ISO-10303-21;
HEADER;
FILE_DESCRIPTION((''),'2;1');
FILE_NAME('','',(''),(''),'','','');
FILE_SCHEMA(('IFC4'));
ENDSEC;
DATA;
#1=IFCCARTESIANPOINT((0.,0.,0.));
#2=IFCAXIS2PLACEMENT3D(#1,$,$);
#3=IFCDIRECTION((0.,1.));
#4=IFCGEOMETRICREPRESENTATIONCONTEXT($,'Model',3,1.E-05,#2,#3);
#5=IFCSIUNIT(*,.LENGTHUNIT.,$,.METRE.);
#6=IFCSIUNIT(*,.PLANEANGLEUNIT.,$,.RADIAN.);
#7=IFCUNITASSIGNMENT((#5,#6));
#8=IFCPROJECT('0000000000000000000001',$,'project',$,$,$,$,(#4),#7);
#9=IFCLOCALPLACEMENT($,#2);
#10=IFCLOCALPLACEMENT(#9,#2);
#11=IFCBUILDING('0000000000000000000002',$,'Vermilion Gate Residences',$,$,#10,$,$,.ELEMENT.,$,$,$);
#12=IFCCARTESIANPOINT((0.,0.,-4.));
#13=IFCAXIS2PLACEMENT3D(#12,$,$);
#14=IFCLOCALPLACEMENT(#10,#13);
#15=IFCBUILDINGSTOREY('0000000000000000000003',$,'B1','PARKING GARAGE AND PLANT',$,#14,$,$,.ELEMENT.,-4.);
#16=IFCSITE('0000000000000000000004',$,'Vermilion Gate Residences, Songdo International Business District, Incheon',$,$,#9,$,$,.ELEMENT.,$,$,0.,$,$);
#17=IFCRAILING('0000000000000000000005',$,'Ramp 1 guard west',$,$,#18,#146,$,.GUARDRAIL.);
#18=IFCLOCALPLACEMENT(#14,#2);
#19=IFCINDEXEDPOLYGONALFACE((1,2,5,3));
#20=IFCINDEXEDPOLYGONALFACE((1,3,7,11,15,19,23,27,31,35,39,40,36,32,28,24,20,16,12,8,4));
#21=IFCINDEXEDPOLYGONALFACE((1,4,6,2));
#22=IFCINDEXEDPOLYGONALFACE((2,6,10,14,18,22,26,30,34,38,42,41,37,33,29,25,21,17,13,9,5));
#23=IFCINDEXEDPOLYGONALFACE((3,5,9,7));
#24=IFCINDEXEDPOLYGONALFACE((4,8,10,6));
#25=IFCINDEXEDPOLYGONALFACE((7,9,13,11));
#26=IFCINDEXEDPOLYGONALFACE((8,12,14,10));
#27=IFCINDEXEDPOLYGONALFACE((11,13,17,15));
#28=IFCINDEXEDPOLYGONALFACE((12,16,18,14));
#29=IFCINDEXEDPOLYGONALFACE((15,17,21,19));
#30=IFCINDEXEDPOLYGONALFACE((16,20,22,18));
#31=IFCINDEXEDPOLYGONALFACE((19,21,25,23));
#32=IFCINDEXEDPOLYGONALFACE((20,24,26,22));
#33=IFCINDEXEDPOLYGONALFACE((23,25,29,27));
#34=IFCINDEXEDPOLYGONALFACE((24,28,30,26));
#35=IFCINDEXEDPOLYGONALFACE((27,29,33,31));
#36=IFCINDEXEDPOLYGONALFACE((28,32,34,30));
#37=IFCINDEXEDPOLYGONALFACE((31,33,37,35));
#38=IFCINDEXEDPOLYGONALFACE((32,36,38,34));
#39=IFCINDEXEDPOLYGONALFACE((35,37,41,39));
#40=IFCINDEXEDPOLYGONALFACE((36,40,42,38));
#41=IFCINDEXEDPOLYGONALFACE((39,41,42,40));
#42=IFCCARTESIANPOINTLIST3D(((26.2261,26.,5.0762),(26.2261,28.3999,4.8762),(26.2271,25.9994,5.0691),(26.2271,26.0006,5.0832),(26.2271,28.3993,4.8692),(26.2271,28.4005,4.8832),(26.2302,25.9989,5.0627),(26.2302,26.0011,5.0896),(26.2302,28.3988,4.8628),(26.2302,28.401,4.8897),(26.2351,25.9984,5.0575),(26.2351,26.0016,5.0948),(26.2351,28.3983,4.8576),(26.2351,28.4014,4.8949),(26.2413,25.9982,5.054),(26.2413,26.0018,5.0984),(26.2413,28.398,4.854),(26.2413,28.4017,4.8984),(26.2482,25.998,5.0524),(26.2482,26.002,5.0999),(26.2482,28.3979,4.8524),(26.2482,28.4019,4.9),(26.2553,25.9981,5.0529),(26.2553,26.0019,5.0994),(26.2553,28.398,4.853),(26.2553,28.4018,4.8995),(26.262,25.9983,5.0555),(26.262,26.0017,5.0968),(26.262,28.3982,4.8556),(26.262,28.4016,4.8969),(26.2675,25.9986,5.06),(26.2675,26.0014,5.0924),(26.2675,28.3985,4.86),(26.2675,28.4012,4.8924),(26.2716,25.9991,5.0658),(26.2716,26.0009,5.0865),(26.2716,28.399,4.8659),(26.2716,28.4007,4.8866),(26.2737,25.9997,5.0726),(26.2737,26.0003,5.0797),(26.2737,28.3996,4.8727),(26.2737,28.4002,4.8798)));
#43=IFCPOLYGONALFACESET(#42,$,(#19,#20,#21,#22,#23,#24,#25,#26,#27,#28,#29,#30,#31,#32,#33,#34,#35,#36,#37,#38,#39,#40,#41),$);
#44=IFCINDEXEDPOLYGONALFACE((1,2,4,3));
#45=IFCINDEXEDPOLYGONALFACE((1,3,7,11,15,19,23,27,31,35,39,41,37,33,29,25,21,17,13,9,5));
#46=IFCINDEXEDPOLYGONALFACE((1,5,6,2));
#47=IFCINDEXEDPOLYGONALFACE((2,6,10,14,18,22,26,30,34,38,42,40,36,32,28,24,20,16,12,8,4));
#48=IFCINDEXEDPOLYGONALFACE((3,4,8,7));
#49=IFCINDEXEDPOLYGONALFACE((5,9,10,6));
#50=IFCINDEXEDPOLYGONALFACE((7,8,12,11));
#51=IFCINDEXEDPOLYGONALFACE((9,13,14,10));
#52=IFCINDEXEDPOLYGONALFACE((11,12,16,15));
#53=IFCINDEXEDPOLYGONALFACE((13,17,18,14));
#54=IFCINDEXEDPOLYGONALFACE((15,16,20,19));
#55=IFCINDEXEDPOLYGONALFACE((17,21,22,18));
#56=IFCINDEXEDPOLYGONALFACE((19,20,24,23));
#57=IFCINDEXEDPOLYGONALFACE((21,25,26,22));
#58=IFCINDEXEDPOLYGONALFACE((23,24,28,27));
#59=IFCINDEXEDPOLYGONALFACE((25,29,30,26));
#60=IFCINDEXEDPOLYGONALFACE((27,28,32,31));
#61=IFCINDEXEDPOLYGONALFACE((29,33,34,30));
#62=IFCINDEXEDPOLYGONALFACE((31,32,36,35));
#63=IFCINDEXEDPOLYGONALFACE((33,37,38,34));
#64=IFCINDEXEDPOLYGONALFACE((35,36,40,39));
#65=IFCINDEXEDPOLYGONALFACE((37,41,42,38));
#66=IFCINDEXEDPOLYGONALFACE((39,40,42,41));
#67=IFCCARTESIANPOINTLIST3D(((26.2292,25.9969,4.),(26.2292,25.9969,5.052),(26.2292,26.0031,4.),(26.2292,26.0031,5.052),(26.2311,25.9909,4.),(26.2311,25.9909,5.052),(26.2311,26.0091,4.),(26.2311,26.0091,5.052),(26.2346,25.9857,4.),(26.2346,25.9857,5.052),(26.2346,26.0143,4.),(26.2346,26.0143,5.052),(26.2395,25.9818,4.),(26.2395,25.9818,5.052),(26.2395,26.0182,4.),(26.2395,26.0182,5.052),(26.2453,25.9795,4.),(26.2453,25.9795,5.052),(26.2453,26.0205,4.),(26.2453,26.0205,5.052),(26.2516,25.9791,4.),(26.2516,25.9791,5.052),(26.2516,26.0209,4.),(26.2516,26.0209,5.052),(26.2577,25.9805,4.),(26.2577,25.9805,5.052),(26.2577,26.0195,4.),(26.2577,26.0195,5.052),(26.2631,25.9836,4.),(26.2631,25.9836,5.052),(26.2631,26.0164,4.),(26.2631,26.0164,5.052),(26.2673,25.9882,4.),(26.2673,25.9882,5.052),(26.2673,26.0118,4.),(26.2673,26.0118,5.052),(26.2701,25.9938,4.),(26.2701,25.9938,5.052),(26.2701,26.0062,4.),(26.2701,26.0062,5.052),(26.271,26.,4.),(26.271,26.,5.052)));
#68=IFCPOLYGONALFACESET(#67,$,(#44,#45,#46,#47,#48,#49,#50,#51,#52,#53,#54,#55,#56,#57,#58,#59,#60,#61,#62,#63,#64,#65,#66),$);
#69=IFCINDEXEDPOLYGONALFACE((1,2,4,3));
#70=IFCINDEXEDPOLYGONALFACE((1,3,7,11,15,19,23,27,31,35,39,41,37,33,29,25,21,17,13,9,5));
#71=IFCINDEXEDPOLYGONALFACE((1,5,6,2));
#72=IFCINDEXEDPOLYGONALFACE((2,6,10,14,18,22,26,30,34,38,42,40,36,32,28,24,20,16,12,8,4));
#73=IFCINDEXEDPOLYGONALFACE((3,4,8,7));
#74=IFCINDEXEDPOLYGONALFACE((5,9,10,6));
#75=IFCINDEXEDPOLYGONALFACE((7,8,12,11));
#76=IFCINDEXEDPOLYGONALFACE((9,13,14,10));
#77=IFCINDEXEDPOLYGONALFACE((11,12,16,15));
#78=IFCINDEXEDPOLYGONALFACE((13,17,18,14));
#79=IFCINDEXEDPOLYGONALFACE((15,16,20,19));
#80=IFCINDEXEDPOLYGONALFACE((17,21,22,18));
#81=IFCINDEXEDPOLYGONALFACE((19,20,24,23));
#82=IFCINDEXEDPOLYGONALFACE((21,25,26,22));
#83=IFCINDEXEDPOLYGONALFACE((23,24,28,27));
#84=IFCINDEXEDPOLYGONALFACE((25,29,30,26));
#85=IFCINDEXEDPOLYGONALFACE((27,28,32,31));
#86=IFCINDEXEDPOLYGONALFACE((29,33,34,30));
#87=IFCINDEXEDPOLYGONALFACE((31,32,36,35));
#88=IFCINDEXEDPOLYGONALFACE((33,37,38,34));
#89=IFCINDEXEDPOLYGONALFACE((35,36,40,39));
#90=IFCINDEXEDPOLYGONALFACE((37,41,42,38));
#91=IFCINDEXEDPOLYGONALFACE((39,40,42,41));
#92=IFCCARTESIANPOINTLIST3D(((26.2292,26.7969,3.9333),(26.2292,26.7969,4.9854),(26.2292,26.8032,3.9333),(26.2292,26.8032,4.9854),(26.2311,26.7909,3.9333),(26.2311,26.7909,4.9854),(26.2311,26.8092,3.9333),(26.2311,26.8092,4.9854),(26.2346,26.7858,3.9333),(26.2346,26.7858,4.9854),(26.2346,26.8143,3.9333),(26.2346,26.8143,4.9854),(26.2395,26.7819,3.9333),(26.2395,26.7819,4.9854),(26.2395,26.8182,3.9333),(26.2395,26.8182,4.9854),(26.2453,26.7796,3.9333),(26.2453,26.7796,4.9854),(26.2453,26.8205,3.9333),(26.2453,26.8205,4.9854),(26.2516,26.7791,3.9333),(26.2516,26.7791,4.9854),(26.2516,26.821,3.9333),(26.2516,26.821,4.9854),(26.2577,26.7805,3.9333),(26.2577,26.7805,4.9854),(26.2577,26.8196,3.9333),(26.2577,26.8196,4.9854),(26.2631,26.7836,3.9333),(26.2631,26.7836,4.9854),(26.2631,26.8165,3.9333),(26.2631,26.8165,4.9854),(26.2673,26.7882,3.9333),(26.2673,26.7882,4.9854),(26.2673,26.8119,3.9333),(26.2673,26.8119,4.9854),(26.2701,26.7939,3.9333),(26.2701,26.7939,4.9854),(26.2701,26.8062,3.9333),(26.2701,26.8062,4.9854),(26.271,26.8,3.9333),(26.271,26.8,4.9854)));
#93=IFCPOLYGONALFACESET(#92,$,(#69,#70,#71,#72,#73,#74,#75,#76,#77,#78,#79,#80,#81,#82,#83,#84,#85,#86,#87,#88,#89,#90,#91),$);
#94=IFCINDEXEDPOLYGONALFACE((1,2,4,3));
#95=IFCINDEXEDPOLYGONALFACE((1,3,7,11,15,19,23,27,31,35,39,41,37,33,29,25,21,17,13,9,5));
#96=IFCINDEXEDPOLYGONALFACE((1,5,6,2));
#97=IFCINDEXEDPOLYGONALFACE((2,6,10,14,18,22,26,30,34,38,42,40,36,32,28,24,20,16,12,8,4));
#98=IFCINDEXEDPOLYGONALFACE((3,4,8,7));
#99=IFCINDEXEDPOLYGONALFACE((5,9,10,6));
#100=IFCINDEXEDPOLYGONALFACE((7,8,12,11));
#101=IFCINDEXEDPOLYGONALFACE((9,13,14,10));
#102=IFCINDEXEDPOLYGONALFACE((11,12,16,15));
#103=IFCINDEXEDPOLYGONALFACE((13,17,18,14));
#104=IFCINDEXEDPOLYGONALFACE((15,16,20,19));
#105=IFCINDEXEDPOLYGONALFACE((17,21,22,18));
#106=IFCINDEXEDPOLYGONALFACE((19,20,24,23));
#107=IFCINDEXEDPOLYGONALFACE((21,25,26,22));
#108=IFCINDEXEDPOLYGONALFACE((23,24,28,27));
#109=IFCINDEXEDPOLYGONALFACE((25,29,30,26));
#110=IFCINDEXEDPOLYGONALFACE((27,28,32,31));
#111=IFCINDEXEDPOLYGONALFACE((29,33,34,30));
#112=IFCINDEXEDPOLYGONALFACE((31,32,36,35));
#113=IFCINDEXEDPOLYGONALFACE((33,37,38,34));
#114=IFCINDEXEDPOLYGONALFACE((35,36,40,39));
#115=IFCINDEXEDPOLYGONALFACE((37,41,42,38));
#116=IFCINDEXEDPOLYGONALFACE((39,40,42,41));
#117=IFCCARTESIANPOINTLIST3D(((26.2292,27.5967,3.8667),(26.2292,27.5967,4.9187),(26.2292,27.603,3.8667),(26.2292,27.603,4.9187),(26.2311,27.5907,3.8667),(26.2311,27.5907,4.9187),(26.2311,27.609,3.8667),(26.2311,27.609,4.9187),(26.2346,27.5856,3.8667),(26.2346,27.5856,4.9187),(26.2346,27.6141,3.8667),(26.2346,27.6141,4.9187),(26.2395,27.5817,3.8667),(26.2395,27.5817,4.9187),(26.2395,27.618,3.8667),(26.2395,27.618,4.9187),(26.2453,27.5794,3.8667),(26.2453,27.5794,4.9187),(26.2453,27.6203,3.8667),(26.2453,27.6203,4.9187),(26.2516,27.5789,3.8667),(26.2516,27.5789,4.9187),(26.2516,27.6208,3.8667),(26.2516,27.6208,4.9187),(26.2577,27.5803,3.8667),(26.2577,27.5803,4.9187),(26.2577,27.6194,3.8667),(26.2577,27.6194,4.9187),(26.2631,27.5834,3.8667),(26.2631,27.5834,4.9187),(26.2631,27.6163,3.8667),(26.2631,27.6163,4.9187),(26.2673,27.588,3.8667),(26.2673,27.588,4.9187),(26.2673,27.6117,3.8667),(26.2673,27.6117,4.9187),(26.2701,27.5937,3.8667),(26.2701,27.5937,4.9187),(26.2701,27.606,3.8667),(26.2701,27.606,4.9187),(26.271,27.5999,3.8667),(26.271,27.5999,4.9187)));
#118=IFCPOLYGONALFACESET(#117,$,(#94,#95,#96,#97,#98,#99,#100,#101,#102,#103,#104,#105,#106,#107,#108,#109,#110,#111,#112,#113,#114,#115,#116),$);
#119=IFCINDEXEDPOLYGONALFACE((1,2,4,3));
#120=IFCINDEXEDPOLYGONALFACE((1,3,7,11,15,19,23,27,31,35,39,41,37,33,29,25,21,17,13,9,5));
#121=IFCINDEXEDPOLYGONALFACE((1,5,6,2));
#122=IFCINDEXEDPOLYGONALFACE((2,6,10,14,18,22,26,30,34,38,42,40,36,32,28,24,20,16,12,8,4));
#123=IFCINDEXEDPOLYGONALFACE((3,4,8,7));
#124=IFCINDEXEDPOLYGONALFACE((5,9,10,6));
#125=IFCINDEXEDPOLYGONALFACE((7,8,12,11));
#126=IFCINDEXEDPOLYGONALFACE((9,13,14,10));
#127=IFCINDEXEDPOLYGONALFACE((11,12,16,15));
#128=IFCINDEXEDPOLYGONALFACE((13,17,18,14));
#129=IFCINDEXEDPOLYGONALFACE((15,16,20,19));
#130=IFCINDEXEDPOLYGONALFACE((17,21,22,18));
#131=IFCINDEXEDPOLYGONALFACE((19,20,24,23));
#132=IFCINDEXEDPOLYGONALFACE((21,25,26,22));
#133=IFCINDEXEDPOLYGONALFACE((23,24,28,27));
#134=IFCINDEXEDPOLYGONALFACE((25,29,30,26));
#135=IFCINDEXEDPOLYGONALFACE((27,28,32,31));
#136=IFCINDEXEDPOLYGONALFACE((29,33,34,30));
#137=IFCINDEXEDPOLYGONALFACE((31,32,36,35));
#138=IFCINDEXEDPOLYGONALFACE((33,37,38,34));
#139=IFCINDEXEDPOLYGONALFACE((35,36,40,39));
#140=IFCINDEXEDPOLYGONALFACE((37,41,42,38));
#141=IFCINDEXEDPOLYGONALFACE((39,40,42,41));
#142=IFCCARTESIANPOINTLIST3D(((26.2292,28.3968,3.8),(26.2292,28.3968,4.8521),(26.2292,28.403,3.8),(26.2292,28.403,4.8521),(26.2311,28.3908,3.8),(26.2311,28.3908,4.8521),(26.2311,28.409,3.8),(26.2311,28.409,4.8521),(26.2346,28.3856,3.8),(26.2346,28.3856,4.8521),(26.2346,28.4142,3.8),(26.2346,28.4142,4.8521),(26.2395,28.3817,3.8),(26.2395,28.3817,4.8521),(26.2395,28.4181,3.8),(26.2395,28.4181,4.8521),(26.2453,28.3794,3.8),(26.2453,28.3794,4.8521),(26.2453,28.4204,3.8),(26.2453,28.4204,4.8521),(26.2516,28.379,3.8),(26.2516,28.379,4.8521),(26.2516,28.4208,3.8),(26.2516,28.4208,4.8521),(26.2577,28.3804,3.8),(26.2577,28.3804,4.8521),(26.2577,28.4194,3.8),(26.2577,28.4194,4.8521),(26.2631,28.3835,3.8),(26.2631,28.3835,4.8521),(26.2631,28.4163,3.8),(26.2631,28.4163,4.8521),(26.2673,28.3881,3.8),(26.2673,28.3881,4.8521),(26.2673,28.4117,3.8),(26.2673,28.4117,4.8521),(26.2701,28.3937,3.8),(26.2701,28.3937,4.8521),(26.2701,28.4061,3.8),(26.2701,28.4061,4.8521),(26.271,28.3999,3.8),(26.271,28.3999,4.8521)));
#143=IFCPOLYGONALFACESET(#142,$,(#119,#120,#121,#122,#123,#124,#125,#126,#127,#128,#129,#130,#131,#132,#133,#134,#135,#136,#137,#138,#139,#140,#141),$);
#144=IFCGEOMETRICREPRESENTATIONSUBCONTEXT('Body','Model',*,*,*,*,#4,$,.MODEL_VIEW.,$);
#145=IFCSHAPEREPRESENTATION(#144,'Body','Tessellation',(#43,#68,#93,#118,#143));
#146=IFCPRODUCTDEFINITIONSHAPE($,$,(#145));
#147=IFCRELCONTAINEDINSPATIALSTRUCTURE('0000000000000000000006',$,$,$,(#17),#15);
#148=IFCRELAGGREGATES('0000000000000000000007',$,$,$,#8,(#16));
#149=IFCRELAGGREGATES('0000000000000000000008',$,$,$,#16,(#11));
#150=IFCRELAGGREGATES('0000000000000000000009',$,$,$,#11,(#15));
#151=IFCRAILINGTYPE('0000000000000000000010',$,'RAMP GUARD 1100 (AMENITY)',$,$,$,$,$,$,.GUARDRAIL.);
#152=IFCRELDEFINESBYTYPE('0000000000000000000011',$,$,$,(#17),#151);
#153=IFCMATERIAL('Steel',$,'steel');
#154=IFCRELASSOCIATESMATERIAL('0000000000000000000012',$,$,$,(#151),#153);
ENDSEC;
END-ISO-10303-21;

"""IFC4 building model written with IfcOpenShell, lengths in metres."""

from ifc_helpers import new_model, si_unit, direction, frame, origin, origin_2d, place, context, subcontext, project, spatial, circle, extrude, material, type_object, element, save


model = new_model("IFC4")

# Units and contexts
model_context = context("Model", 3, precision=1e-05, world=origin(), true_north=direction((0.0, 1.0)))
body_context = subcontext(model_context, "Body", "Model", "MODEL_VIEW")
ifc_project = project(units=[si_unit("LENGTHUNIT", "METRE"), si_unit("PLANEANGLEUNIT", "RADIAN")], contexts=[model_context])

# Site, building, storey
site_placement = place(None, origin())
site = spatial("IfcSite", under=ifc_project, at=site_placement, Name="Vermilion Gate Residences, Songdo International Business District, Incheon", CompositionType="ELEMENT", RefElevation=0.0)
building_placement = place(site_placement, origin())
building = spatial("IfcBuilding", under=site, at=building_placement, Name="Vermilion Gate Residences", CompositionType="ELEMENT")
storey_placement = place(building_placement, frame((0.0, 0.0, -4.0)))
storey = spatial("IfcBuildingStorey", under=building, at=storey_placement, Name="B1", Description="PARKING GARAGE AND PLANT", CompositionType="ELEMENT", Elevation=-4.0)

# Railing
ifc_material_1 = material(Name="Steel", Category="steel")
railing_type = type_object("IfcRailingType", Name="RAMP GUARD 1100 (AMENITY)", PredefinedType="GUARDRAIL", material=ifc_material_1)
for number, where, name in (
    (1, (26.25, 26.0, 4.0), "Ramp 1 guard west"),
):
    element("IfcRailing", number, at=place(storey_placement, frame(where)), inside=storey, type_object=railing_type, Name=name, PredefinedType="GUARDRAIL", context=body_context, shape_type="SweptSolid", body=[
        extrude(circle(Radius=0.0239, at=origin_2d()), frame((0.0, 0.0, 1.0762), z_axis=(0.0, 0.996547, -0.083029), x_axis=(-1.0, 0.0, 0.0)), (0.0, 0.0, 1.0), 2.4082),
        extrude(circle(Radius=0.021, at=origin_2d()), origin(), (0.0, 0.0, 1.0), 1.052),
        extrude(circle(Radius=0.021, at=origin_2d()), frame((0.0, 0.8, -0.0667)), (0.0, 0.0, 1.0), 1.052),
        extrude(circle(Radius=0.021, at=origin_2d()), frame((0.0, 1.5999, -0.1333)), (0.0, 0.0, 1.0), 1.052),
        extrude(circle(Radius=0.021, at=origin_2d()), frame((0.0, 2.3999, -0.2)), (0.0, 0.0, 1.0), 1.052),
    ])

save(model, "model.ifc")
